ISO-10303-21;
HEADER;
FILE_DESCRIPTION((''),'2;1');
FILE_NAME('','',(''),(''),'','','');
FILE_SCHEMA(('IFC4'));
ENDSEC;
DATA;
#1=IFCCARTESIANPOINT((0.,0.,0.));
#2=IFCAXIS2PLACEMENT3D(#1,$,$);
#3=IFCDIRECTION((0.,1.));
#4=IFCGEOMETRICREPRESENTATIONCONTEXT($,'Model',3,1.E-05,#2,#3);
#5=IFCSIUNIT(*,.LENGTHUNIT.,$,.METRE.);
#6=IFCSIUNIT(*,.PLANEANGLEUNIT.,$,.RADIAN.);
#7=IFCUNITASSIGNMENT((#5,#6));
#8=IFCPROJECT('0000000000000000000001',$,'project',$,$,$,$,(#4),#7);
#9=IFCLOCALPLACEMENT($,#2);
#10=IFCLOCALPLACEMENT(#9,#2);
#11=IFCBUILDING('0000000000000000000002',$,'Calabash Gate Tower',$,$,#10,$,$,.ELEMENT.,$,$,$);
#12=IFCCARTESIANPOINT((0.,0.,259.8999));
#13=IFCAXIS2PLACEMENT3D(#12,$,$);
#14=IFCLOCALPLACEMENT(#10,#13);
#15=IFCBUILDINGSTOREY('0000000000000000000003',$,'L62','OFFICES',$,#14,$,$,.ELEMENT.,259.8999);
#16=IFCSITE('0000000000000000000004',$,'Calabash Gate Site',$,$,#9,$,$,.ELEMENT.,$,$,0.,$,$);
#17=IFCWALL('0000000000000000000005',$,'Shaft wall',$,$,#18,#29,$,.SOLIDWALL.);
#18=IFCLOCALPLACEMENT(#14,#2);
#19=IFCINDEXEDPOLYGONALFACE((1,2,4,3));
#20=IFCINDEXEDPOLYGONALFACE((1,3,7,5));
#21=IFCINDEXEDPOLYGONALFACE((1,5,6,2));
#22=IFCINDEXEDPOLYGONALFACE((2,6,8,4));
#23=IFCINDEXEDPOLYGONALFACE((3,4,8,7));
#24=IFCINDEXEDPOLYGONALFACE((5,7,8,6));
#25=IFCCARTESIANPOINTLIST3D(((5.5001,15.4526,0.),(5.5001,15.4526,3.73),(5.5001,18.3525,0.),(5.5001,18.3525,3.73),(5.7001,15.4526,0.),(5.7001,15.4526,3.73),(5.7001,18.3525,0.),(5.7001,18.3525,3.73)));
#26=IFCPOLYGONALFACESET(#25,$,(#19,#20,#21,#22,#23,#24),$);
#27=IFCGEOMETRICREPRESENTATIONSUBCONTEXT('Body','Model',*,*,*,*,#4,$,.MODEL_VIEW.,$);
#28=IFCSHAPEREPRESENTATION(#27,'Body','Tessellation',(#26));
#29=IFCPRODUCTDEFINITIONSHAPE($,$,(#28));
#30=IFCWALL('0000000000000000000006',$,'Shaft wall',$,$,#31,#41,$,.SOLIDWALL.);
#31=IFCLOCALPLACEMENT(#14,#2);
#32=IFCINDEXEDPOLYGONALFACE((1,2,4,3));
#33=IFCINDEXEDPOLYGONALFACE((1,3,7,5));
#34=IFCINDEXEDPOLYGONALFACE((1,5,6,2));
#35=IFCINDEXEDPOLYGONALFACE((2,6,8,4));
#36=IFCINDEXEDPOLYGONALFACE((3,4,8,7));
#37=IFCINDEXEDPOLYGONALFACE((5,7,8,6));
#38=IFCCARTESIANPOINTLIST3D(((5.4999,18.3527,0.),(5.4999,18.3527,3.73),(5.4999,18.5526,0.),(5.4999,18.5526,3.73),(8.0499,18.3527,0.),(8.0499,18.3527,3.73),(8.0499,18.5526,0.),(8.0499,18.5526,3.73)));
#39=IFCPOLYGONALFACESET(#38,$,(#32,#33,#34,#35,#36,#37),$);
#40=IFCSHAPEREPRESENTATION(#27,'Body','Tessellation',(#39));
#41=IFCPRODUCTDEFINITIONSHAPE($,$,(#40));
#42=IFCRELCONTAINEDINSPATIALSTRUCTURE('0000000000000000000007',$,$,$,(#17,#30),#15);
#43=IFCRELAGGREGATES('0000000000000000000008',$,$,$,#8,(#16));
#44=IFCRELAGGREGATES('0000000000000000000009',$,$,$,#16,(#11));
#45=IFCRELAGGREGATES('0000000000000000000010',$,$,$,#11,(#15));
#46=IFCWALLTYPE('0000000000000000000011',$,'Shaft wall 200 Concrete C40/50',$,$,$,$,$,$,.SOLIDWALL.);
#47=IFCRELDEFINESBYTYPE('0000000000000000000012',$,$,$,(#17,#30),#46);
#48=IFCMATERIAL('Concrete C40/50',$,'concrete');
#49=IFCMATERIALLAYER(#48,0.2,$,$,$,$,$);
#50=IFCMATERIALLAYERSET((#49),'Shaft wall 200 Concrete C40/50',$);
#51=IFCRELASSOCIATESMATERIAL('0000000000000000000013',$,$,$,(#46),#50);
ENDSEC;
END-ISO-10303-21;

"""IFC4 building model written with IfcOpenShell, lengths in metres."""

from ifc_helpers import new_model, si_unit, direction, frame, frame_2d, origin, place, context, subcontext, project, spatial, rectangle, extrude, material, layer, layer_set, type_object, element, save


model = new_model("IFC4")

# Units and contexts
model_context = context("Model", 3, precision=1e-05, world=origin(), true_north=direction((0.0, 1.0)))
body_context = subcontext(model_context, "Body", "Model", "MODEL_VIEW")
ifc_project = project(units=[si_unit("LENGTHUNIT", "METRE"), si_unit("PLANEANGLEUNIT", "RADIAN")], contexts=[model_context])

# Site, building, storey
site_placement = place(None, origin())
site = spatial("IfcSite", under=ifc_project, at=site_placement, Name="Calabash Gate Site", CompositionType="ELEMENT", RefElevation=0.0)
building_placement = place(site_placement, origin())
building = spatial("IfcBuilding", under=site, at=building_placement, Name="Calabash Gate Tower", CompositionType="ELEMENT")
storey_placement = place(building_placement, frame((0.0, 0.0, 259.8999)))
storey = spatial("IfcBuildingStorey", under=building, at=storey_placement, Name="L62", Description="OFFICES", CompositionType="ELEMENT", Elevation=259.8999)

# Shared definitions
ifc_material_1 = material(Name="Concrete C40/50", Category="concrete")
ifc_layer_1 = layer(ifc_material_1, 0.2)
ifc_layer_set_1 = layer_set([ifc_layer_1], Name="Shaft wall 200 Concrete C40/50")
wall_type_1 = type_object("IfcWallType", Name="Shaft wall 200 Concrete C40/50", PredefinedType="SOLIDWALL", material=ifc_layer_set_1)

# Walls
wall_1_placement = place(storey_placement, frame((5.6001, 15.4526, 0.0), z_axis=(0.0, 0.0, 1.0), x_axis=(0.0, 1.0, 0.0)))
element("IfcWall", 1, at=wall_1_placement, inside=storey, type_object=wall_type_1, Name="Shaft wall", PredefinedType="SOLIDWALL", context=body_context, shape_type="SweptSolid", body=[
    extrude(rectangle(XDim=2.8999, YDim=0.2, at=frame_2d((1.45, 0.0))), origin(), (0.0, 0.0, 1.0), 3.73),
])
wall_2_placement = place(storey_placement, frame((5.5, 18.4526, 0.0), z_axis=(0.0, 0.0, 1.0), x_axis=(1.0, 0.0, 0.0)))
element("IfcWall", 2, at=wall_2_placement, inside=storey, type_object=wall_type_1, Name="Shaft wall", PredefinedType="SOLIDWALL", context=body_context, shape_type="SweptSolid", body=[
    extrude(rectangle(XDim=2.55, YDim=0.2, at=frame_2d((1.2749, 0.0))), origin(), (0.0, 0.0, 1.0), 3.73),
])

save(model, "model.ifc")
